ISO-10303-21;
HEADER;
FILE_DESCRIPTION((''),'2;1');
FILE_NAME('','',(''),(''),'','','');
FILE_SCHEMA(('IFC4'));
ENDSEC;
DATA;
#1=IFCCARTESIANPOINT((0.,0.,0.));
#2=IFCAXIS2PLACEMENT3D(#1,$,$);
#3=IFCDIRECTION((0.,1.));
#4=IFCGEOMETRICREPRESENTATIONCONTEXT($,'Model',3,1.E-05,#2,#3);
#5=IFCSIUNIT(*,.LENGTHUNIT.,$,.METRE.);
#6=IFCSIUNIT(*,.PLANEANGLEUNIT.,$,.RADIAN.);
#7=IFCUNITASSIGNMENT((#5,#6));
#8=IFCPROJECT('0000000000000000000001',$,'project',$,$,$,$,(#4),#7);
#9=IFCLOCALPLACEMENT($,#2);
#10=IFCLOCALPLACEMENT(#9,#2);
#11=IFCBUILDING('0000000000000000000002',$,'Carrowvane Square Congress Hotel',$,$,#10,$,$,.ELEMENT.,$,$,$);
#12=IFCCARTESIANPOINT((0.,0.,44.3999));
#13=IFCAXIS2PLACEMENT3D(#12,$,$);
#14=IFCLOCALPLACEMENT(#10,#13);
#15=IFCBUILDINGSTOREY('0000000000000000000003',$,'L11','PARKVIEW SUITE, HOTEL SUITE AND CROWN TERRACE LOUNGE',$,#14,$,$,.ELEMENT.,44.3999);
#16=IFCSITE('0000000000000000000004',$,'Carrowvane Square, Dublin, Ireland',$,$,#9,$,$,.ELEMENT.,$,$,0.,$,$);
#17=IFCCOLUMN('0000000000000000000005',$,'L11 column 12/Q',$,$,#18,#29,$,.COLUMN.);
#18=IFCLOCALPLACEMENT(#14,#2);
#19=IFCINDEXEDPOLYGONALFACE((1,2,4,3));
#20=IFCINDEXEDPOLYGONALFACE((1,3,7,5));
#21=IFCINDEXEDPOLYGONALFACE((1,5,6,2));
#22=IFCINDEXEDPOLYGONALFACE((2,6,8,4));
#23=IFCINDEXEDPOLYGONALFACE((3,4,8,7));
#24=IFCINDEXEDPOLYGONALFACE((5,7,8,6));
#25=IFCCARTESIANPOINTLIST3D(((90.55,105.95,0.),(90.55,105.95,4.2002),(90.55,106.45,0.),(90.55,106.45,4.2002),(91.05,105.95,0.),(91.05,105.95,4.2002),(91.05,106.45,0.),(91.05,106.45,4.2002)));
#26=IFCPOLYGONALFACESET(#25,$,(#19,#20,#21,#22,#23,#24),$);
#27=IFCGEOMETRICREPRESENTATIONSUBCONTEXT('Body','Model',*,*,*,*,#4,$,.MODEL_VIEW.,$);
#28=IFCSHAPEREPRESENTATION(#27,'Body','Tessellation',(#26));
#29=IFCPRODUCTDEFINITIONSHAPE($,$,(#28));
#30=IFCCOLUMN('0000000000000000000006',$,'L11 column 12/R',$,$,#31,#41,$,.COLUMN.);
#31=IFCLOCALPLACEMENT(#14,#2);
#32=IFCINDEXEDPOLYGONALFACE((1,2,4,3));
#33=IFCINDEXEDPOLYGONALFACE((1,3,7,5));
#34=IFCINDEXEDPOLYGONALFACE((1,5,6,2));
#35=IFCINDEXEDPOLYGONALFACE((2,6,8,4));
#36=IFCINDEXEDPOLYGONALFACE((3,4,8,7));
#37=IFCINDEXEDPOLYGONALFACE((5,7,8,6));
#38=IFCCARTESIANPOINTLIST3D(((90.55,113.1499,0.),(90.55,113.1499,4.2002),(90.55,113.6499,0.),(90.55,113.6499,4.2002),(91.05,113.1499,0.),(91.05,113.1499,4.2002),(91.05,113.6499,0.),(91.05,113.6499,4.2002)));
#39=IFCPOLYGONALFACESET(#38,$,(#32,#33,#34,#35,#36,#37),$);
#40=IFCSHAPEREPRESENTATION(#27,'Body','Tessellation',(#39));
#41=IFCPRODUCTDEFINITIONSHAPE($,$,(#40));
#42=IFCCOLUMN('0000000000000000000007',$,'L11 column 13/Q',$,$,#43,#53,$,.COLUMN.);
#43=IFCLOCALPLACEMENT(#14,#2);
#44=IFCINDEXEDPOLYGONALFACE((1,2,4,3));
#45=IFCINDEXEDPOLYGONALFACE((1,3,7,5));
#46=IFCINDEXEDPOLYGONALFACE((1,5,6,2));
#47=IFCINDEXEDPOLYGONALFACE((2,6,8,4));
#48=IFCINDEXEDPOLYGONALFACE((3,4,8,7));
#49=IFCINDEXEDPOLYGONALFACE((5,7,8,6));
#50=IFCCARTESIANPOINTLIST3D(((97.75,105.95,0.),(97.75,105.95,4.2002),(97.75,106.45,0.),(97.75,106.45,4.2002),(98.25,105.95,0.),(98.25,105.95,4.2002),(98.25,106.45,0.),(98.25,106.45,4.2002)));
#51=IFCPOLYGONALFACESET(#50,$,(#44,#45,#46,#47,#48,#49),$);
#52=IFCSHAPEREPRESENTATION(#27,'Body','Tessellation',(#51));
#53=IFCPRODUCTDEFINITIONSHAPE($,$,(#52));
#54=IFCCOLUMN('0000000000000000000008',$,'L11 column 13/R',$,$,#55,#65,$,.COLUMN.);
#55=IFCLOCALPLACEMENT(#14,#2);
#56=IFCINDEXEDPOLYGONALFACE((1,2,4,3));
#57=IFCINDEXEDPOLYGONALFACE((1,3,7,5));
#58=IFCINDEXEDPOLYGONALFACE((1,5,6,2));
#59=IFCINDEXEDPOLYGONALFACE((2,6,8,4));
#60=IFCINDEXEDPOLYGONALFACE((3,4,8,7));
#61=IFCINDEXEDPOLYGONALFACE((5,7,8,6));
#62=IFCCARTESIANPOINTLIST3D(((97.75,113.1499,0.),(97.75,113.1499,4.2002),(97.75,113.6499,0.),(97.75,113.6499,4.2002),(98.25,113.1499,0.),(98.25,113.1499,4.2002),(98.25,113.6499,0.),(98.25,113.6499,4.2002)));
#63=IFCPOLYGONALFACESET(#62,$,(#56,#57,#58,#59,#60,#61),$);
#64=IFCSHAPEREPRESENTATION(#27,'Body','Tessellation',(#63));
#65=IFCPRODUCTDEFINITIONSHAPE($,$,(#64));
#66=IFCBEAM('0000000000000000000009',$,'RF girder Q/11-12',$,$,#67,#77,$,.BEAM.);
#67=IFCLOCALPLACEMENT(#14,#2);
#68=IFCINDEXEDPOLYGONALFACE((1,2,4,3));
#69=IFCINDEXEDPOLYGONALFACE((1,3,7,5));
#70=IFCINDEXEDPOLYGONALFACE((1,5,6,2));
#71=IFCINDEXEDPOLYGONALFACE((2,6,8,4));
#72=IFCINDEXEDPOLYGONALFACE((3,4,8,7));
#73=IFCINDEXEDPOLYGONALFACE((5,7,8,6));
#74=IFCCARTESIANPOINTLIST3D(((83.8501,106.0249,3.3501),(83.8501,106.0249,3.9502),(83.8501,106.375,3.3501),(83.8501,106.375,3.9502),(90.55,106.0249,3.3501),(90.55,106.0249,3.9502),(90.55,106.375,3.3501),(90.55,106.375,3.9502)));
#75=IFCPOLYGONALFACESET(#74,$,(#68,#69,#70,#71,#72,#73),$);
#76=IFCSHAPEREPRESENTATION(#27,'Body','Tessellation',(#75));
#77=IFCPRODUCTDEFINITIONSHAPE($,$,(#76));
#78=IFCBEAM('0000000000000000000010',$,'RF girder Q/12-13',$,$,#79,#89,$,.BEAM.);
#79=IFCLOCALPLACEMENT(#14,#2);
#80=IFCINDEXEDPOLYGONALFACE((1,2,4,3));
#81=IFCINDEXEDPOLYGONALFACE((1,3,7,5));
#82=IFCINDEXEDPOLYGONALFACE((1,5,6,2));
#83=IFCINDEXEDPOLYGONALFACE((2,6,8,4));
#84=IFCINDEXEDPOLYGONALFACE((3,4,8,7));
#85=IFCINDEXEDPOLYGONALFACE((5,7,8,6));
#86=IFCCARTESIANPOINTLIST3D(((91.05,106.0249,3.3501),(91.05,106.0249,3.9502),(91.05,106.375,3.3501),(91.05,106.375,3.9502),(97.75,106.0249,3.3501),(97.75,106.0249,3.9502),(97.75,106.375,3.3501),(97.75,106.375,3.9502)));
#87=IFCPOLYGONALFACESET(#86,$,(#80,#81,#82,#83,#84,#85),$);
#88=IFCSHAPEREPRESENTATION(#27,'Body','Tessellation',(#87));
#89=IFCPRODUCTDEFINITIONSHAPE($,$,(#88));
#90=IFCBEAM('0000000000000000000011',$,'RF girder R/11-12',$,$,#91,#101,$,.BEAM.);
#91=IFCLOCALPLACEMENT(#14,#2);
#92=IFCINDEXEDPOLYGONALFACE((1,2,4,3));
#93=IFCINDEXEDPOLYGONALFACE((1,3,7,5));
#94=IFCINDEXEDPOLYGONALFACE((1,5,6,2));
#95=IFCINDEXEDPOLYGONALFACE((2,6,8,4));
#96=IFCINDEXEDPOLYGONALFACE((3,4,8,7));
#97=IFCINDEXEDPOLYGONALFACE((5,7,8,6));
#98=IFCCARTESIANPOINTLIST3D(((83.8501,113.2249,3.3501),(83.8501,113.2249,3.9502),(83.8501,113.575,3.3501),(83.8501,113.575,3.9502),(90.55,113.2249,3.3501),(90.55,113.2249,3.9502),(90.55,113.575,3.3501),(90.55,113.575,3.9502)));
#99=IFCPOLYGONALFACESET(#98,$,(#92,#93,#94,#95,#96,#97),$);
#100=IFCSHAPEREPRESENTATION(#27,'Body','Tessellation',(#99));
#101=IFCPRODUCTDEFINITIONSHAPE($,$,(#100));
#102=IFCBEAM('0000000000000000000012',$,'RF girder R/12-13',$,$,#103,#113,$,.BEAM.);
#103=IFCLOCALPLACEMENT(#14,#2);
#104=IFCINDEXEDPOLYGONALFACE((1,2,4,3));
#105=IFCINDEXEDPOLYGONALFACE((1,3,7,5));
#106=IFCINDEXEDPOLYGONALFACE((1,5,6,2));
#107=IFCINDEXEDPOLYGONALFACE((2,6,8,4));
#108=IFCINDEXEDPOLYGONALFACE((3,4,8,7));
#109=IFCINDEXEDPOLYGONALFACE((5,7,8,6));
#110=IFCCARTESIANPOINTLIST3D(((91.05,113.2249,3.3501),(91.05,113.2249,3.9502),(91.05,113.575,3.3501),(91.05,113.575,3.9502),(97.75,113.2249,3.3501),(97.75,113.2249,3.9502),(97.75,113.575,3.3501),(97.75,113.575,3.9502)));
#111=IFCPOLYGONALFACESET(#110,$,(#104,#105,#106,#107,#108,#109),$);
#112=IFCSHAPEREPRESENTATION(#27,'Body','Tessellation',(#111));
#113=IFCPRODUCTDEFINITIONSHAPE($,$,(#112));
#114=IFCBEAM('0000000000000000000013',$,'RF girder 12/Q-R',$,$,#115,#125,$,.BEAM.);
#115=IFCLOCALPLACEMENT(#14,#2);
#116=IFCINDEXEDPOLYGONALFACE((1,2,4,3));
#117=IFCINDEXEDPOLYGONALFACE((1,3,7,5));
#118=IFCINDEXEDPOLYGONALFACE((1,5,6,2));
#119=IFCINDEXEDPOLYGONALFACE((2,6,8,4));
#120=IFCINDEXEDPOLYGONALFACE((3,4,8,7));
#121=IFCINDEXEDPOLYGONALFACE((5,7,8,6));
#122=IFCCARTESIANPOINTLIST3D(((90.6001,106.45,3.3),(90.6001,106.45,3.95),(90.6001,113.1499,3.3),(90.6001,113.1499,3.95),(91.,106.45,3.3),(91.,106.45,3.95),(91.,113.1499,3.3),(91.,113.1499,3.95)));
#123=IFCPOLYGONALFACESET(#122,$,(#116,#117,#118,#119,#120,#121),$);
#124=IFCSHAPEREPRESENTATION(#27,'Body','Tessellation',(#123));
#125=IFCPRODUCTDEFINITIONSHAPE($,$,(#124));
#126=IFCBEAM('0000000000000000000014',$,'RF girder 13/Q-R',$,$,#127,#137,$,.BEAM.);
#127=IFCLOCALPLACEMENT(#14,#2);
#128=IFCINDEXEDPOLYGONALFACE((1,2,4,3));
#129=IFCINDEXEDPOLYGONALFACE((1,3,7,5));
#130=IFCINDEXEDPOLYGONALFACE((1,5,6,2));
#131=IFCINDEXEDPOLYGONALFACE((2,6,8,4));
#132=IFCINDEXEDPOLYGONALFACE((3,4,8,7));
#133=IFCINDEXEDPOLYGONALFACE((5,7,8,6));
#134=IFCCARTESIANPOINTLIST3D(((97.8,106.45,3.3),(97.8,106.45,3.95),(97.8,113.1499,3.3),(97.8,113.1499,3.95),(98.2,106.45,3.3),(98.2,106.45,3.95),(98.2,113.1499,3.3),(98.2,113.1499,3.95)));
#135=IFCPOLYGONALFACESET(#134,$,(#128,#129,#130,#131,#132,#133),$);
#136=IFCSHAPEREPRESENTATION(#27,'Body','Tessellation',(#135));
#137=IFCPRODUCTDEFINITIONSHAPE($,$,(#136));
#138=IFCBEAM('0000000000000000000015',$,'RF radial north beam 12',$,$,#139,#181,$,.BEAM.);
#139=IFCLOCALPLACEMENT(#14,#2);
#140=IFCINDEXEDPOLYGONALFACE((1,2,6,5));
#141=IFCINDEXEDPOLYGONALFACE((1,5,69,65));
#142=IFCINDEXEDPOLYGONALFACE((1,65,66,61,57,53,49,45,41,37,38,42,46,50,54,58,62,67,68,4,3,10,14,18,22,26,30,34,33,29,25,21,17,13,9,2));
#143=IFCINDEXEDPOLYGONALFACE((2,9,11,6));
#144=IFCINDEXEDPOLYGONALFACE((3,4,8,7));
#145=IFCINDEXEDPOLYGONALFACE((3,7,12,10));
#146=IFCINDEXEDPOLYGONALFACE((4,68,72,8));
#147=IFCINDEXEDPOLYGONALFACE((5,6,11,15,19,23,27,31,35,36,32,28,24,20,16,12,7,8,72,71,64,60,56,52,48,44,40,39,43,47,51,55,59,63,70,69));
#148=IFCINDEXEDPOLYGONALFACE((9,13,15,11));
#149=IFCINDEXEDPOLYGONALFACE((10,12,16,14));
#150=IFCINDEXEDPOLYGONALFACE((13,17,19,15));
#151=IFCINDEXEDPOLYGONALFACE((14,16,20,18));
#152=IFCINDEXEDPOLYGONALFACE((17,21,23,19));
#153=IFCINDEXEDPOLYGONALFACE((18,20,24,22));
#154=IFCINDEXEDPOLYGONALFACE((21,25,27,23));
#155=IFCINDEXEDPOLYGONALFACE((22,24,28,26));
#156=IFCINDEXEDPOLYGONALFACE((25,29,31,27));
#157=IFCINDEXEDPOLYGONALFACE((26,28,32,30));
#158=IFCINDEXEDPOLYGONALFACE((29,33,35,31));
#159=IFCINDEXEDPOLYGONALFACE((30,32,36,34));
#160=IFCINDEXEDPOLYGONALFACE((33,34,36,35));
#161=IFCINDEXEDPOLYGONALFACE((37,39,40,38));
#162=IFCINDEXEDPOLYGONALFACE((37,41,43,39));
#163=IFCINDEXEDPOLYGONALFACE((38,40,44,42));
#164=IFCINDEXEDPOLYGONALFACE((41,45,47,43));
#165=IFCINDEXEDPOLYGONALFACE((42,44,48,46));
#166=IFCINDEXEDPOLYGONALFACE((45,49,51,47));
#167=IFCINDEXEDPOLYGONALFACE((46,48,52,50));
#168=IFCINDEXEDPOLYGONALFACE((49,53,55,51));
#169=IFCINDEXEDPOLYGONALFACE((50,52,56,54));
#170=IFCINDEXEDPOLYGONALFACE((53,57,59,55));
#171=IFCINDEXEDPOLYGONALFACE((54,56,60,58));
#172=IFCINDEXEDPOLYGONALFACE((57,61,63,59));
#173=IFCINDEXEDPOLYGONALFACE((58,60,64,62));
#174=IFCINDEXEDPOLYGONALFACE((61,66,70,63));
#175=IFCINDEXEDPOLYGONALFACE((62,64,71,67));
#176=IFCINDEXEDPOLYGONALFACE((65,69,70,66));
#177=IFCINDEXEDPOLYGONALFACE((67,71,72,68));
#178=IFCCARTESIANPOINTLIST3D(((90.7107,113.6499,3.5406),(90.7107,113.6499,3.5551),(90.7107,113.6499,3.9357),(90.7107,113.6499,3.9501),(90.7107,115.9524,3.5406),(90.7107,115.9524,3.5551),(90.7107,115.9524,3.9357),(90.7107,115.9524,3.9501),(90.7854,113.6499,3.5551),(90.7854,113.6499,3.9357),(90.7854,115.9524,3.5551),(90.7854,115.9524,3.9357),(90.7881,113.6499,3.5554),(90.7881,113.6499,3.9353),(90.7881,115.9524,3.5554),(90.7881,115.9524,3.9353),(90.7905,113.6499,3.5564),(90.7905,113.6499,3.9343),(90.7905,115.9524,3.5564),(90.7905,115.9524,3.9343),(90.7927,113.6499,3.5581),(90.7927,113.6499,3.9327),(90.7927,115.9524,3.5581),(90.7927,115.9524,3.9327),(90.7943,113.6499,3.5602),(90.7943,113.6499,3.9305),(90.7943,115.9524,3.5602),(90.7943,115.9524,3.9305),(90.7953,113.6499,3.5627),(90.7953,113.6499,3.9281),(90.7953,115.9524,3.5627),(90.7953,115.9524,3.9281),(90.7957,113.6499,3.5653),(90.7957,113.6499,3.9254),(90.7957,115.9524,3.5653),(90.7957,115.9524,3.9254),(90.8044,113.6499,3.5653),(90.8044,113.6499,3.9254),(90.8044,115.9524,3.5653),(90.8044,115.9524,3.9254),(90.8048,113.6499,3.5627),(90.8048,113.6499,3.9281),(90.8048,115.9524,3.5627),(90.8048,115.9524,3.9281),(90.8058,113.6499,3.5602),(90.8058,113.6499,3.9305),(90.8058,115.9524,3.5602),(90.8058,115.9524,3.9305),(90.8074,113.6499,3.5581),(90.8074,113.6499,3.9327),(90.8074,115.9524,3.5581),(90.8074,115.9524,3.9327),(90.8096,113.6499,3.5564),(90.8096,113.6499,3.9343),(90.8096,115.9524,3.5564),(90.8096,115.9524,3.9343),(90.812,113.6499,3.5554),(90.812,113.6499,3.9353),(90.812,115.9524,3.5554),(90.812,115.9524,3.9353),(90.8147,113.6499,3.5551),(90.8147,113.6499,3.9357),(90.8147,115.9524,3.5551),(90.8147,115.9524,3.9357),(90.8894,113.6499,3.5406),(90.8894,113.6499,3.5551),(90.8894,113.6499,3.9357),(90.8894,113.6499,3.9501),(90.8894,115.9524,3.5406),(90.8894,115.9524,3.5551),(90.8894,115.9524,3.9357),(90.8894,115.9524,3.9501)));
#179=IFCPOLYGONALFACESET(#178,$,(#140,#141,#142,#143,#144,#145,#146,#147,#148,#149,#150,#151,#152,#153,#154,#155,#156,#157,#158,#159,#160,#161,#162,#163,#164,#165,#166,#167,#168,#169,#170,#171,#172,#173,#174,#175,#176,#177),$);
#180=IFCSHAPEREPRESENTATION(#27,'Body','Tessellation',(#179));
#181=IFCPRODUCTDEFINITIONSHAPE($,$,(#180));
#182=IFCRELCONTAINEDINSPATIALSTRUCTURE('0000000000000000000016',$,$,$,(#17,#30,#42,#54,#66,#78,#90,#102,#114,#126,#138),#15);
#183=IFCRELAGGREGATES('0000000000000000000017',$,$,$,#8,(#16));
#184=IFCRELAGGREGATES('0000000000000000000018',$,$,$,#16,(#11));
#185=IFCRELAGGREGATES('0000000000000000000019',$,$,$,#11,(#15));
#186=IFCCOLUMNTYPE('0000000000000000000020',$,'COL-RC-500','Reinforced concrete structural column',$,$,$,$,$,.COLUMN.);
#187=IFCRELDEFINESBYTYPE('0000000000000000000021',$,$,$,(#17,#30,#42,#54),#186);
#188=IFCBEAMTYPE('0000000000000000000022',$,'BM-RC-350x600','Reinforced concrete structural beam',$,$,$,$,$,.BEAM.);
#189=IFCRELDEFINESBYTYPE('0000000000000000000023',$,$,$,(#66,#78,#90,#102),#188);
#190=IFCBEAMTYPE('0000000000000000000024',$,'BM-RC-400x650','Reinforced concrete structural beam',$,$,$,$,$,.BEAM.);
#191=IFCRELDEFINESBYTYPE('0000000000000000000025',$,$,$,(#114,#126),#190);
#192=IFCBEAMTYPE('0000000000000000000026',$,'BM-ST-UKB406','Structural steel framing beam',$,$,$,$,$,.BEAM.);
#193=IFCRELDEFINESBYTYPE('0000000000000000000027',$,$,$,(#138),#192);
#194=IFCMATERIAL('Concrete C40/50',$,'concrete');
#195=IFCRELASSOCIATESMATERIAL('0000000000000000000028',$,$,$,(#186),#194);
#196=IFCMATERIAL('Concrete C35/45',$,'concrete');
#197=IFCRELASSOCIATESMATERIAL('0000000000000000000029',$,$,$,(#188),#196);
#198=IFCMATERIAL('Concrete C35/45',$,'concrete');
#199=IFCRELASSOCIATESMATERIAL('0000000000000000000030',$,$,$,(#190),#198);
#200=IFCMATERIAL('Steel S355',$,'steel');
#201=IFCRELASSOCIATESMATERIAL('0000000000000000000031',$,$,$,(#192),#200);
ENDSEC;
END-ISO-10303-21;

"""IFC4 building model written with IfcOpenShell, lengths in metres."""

from ifc_helpers import new_model, si_unit, direction, frame, origin, origin_2d, place, context, subcontext, project, spatial, rectangle, i_section, extrude, material, material_profile, profile_set, type_object, element, save


model = new_model("IFC4")

# Units and contexts
model_context = context("Model", 3, precision=1e-05, world=origin(), true_north=direction((0.0, 1.0)))
body_context = subcontext(model_context, "Body", "Model", "MODEL_VIEW")
ifc_project = project(units=[si_unit("LENGTHUNIT", "METRE"), si_unit("PLANEANGLEUNIT", "RADIAN")], contexts=[model_context])

# Site, building, storey
site_placement = place(None, origin())
site = spatial("IfcSite", under=ifc_project, at=site_placement, Name="Carrowvane Square, Dublin, Ireland", CompositionType="ELEMENT", RefElevation=0.0)
building_placement = place(site_placement, origin())
building = spatial("IfcBuilding", under=site, at=building_placement, Name="Carrowvane Square Congress Hotel", CompositionType="ELEMENT")
storey_placement = place(building_placement, frame((0.0, 0.0, 44.3999)))
storey = spatial("IfcBuildingStorey", under=building, at=storey_placement, Name="L11", Description="PARKVIEW SUITE, HOTEL SUITE AND CROWN TERRACE LOUNGE", CompositionType="ELEMENT", Elevation=44.3999)

# Columns
ifc_material_1 = material(Name="Concrete C40/50", Category="concrete")
ifc_material_profile_1 = material_profile(ifc_material_1, rectangle(XDim=0.5, YDim=0.5, at=origin_2d()), Name="RC 500x500")
ifc_profile_set_1 = profile_set([ifc_material_profile_1], Name="Concrete C40/50")
column_type = type_object("IfcColumnType", Name="COL-RC-500", Description="Reinforced concrete structural column", PredefinedType="COLUMN", material=ifc_profile_set_1)
for number, where, z_axis, x_axis, name in (
    (1, (90.8, 106.2, 0.0), (0.0, 0.0, 1.0), (1.0, 0.0, 0.0), "L11 column 12/Q"),
    (2, (90.8, 113.3999, 0.0), (0.0, 0.0, 1.0), (1.0, 0.0, 0.0), "L11 column 12/R"),
    (3, (98.0, 106.2, 0.0), (0.0, 0.0, 1.0), (1.0, 0.0, 0.0), "L11 column 13/Q"),
    (4, (98.0, 113.3999, 0.0), (0.0, 0.0, 1.0), (1.0, 0.0, 0.0), "L11 column 13/R"),
):
    element("IfcColumn", number, at=place(storey_placement, frame(where, z_axis=z_axis, x_axis=x_axis)), inside=storey, type_object=column_type, Name=name, PredefinedType="COLUMN", context=body_context, shape_type="SweptSolid", body=[
        extrude(rectangle(XDim=0.5, YDim=0.5, at=origin_2d()), origin(), (0.0, 0.0, 1.0), 4.2002),
    ])

# Beams
ifc_material_2 = material(Name="Concrete C35/45", Category="concrete")
ifc_material_profile_2 = material_profile(ifc_material_2, rectangle(XDim=0.3501, YDim=0.6001, at=origin_2d()), Name="RC 350x600")
ifc_profile_set_2 = profile_set([ifc_material_profile_2], Name="Concrete C35/45")
beam_type_1 = type_object("IfcBeamType", Name="BM-RC-350x600", Description="Reinforced concrete structural beam", PredefinedType="BEAM", material=ifc_profile_set_2)
for number, where, z_axis, x_axis, name in (
    (5, (83.8501, 106.2, 3.6501), (1.0, 0.0, 0.0), (0.0, 1.0, 0.0), "RF girder Q/11-12"),
    (6, (91.05, 106.2, 3.6501), (1.0, 0.0, 0.0), (0.0, 1.0, 0.0), "RF girder Q/12-13"),
    (7, (83.8501, 113.3999, 3.6501), (1.0, 0.0, 0.0), (0.0, 1.0, 0.0), "RF girder R/11-12"),
    (8, (91.05, 113.3999, 3.6501), (1.0, 0.0, 0.0), (0.0, 1.0, 0.0), "RF girder R/12-13"),
):
    element("IfcBeam", number, at=place(storey_placement, frame(where, z_axis=z_axis, x_axis=x_axis)), inside=storey, type_object=beam_type_1, Name=name, PredefinedType="BEAM", context=body_context, shape_type="SweptSolid", body=[
        extrude(rectangle(XDim=0.3501, YDim=0.6001, at=origin_2d()), origin(), (0.0, 0.0, 1.0), 6.7),
    ])
ifc_material_3 = material(Name="Concrete C35/45", Category="concrete")
ifc_material_profile_3 = material_profile(ifc_material_3, rectangle(XDim=0.3999, YDim=0.6499, at=origin_2d()), Name="RC 400x650")
ifc_profile_set_3 = profile_set([ifc_material_profile_3], Name="Concrete C35/45")
beam_type_2 = type_object("IfcBeamType", Name="BM-RC-400x650", Description="Reinforced concrete structural beam", PredefinedType="BEAM", material=ifc_profile_set_3)
for number, where, z_axis, x_axis, name in (
    (9, (90.8, 106.45, 3.625), (0.0, 1.0, 0.0), (-1.0, 0.0, 0.0), "RF girder 12/Q-R"),
    (10, (98.0, 106.45, 3.625), (0.0, 1.0, 0.0), (-1.0, 0.0, 0.0), "RF girder 13/Q-R"),
):
    element("IfcBeam", number, at=place(storey_placement, frame(where, z_axis=z_axis, x_axis=x_axis)), inside=storey, type_object=beam_type_2, Name=name, PredefinedType="BEAM", context=body_context, shape_type="SweptSolid", body=[
        extrude(rectangle(XDim=0.3999, YDim=0.6499, at=origin_2d()), origin(), (0.0, 0.0, 1.0), 6.7),
    ])
ifc_material_4 = material(Name="Steel S355", Category="steel")
ifc_material_profile_4 = material_profile(ifc_material_4, i_section(OverallWidth=0.1787, OverallDepth=0.4094, WebThickness=0.0088, FlangeThickness=0.0144, FilletRadius=0.0103, at=origin_2d()), Name="UKB 406x178x67")
ifc_profile_set_4 = profile_set([ifc_material_profile_4], Name="Steel S355")
beam_type_3 = type_object("IfcBeamType", Name="BM-ST-UKB406", Description="Structural steel framing beam", PredefinedType="BEAM", material=ifc_profile_set_4)
beam_1_placement = place(storey_placement, frame((90.8, 113.6499, 3.7454), z_axis=(0.0, 1.0, 0.0), x_axis=(-1.0, 0.0, 0.0)))
element("IfcBeam", 11, at=beam_1_placement, inside=storey, type_object=beam_type_3, Name="RF radial north beam 12", PredefinedType="BEAM", context=body_context, shape_type="SweptSolid", body=[
    extrude(i_section(OverallWidth=0.1787, OverallDepth=0.4094, WebThickness=0.0088, FlangeThickness=0.0144, FilletRadius=0.0103, at=origin_2d()), origin(), (0.0, 0.0, 1.0), 2.3025),
])

save(model, "model.ifc")
